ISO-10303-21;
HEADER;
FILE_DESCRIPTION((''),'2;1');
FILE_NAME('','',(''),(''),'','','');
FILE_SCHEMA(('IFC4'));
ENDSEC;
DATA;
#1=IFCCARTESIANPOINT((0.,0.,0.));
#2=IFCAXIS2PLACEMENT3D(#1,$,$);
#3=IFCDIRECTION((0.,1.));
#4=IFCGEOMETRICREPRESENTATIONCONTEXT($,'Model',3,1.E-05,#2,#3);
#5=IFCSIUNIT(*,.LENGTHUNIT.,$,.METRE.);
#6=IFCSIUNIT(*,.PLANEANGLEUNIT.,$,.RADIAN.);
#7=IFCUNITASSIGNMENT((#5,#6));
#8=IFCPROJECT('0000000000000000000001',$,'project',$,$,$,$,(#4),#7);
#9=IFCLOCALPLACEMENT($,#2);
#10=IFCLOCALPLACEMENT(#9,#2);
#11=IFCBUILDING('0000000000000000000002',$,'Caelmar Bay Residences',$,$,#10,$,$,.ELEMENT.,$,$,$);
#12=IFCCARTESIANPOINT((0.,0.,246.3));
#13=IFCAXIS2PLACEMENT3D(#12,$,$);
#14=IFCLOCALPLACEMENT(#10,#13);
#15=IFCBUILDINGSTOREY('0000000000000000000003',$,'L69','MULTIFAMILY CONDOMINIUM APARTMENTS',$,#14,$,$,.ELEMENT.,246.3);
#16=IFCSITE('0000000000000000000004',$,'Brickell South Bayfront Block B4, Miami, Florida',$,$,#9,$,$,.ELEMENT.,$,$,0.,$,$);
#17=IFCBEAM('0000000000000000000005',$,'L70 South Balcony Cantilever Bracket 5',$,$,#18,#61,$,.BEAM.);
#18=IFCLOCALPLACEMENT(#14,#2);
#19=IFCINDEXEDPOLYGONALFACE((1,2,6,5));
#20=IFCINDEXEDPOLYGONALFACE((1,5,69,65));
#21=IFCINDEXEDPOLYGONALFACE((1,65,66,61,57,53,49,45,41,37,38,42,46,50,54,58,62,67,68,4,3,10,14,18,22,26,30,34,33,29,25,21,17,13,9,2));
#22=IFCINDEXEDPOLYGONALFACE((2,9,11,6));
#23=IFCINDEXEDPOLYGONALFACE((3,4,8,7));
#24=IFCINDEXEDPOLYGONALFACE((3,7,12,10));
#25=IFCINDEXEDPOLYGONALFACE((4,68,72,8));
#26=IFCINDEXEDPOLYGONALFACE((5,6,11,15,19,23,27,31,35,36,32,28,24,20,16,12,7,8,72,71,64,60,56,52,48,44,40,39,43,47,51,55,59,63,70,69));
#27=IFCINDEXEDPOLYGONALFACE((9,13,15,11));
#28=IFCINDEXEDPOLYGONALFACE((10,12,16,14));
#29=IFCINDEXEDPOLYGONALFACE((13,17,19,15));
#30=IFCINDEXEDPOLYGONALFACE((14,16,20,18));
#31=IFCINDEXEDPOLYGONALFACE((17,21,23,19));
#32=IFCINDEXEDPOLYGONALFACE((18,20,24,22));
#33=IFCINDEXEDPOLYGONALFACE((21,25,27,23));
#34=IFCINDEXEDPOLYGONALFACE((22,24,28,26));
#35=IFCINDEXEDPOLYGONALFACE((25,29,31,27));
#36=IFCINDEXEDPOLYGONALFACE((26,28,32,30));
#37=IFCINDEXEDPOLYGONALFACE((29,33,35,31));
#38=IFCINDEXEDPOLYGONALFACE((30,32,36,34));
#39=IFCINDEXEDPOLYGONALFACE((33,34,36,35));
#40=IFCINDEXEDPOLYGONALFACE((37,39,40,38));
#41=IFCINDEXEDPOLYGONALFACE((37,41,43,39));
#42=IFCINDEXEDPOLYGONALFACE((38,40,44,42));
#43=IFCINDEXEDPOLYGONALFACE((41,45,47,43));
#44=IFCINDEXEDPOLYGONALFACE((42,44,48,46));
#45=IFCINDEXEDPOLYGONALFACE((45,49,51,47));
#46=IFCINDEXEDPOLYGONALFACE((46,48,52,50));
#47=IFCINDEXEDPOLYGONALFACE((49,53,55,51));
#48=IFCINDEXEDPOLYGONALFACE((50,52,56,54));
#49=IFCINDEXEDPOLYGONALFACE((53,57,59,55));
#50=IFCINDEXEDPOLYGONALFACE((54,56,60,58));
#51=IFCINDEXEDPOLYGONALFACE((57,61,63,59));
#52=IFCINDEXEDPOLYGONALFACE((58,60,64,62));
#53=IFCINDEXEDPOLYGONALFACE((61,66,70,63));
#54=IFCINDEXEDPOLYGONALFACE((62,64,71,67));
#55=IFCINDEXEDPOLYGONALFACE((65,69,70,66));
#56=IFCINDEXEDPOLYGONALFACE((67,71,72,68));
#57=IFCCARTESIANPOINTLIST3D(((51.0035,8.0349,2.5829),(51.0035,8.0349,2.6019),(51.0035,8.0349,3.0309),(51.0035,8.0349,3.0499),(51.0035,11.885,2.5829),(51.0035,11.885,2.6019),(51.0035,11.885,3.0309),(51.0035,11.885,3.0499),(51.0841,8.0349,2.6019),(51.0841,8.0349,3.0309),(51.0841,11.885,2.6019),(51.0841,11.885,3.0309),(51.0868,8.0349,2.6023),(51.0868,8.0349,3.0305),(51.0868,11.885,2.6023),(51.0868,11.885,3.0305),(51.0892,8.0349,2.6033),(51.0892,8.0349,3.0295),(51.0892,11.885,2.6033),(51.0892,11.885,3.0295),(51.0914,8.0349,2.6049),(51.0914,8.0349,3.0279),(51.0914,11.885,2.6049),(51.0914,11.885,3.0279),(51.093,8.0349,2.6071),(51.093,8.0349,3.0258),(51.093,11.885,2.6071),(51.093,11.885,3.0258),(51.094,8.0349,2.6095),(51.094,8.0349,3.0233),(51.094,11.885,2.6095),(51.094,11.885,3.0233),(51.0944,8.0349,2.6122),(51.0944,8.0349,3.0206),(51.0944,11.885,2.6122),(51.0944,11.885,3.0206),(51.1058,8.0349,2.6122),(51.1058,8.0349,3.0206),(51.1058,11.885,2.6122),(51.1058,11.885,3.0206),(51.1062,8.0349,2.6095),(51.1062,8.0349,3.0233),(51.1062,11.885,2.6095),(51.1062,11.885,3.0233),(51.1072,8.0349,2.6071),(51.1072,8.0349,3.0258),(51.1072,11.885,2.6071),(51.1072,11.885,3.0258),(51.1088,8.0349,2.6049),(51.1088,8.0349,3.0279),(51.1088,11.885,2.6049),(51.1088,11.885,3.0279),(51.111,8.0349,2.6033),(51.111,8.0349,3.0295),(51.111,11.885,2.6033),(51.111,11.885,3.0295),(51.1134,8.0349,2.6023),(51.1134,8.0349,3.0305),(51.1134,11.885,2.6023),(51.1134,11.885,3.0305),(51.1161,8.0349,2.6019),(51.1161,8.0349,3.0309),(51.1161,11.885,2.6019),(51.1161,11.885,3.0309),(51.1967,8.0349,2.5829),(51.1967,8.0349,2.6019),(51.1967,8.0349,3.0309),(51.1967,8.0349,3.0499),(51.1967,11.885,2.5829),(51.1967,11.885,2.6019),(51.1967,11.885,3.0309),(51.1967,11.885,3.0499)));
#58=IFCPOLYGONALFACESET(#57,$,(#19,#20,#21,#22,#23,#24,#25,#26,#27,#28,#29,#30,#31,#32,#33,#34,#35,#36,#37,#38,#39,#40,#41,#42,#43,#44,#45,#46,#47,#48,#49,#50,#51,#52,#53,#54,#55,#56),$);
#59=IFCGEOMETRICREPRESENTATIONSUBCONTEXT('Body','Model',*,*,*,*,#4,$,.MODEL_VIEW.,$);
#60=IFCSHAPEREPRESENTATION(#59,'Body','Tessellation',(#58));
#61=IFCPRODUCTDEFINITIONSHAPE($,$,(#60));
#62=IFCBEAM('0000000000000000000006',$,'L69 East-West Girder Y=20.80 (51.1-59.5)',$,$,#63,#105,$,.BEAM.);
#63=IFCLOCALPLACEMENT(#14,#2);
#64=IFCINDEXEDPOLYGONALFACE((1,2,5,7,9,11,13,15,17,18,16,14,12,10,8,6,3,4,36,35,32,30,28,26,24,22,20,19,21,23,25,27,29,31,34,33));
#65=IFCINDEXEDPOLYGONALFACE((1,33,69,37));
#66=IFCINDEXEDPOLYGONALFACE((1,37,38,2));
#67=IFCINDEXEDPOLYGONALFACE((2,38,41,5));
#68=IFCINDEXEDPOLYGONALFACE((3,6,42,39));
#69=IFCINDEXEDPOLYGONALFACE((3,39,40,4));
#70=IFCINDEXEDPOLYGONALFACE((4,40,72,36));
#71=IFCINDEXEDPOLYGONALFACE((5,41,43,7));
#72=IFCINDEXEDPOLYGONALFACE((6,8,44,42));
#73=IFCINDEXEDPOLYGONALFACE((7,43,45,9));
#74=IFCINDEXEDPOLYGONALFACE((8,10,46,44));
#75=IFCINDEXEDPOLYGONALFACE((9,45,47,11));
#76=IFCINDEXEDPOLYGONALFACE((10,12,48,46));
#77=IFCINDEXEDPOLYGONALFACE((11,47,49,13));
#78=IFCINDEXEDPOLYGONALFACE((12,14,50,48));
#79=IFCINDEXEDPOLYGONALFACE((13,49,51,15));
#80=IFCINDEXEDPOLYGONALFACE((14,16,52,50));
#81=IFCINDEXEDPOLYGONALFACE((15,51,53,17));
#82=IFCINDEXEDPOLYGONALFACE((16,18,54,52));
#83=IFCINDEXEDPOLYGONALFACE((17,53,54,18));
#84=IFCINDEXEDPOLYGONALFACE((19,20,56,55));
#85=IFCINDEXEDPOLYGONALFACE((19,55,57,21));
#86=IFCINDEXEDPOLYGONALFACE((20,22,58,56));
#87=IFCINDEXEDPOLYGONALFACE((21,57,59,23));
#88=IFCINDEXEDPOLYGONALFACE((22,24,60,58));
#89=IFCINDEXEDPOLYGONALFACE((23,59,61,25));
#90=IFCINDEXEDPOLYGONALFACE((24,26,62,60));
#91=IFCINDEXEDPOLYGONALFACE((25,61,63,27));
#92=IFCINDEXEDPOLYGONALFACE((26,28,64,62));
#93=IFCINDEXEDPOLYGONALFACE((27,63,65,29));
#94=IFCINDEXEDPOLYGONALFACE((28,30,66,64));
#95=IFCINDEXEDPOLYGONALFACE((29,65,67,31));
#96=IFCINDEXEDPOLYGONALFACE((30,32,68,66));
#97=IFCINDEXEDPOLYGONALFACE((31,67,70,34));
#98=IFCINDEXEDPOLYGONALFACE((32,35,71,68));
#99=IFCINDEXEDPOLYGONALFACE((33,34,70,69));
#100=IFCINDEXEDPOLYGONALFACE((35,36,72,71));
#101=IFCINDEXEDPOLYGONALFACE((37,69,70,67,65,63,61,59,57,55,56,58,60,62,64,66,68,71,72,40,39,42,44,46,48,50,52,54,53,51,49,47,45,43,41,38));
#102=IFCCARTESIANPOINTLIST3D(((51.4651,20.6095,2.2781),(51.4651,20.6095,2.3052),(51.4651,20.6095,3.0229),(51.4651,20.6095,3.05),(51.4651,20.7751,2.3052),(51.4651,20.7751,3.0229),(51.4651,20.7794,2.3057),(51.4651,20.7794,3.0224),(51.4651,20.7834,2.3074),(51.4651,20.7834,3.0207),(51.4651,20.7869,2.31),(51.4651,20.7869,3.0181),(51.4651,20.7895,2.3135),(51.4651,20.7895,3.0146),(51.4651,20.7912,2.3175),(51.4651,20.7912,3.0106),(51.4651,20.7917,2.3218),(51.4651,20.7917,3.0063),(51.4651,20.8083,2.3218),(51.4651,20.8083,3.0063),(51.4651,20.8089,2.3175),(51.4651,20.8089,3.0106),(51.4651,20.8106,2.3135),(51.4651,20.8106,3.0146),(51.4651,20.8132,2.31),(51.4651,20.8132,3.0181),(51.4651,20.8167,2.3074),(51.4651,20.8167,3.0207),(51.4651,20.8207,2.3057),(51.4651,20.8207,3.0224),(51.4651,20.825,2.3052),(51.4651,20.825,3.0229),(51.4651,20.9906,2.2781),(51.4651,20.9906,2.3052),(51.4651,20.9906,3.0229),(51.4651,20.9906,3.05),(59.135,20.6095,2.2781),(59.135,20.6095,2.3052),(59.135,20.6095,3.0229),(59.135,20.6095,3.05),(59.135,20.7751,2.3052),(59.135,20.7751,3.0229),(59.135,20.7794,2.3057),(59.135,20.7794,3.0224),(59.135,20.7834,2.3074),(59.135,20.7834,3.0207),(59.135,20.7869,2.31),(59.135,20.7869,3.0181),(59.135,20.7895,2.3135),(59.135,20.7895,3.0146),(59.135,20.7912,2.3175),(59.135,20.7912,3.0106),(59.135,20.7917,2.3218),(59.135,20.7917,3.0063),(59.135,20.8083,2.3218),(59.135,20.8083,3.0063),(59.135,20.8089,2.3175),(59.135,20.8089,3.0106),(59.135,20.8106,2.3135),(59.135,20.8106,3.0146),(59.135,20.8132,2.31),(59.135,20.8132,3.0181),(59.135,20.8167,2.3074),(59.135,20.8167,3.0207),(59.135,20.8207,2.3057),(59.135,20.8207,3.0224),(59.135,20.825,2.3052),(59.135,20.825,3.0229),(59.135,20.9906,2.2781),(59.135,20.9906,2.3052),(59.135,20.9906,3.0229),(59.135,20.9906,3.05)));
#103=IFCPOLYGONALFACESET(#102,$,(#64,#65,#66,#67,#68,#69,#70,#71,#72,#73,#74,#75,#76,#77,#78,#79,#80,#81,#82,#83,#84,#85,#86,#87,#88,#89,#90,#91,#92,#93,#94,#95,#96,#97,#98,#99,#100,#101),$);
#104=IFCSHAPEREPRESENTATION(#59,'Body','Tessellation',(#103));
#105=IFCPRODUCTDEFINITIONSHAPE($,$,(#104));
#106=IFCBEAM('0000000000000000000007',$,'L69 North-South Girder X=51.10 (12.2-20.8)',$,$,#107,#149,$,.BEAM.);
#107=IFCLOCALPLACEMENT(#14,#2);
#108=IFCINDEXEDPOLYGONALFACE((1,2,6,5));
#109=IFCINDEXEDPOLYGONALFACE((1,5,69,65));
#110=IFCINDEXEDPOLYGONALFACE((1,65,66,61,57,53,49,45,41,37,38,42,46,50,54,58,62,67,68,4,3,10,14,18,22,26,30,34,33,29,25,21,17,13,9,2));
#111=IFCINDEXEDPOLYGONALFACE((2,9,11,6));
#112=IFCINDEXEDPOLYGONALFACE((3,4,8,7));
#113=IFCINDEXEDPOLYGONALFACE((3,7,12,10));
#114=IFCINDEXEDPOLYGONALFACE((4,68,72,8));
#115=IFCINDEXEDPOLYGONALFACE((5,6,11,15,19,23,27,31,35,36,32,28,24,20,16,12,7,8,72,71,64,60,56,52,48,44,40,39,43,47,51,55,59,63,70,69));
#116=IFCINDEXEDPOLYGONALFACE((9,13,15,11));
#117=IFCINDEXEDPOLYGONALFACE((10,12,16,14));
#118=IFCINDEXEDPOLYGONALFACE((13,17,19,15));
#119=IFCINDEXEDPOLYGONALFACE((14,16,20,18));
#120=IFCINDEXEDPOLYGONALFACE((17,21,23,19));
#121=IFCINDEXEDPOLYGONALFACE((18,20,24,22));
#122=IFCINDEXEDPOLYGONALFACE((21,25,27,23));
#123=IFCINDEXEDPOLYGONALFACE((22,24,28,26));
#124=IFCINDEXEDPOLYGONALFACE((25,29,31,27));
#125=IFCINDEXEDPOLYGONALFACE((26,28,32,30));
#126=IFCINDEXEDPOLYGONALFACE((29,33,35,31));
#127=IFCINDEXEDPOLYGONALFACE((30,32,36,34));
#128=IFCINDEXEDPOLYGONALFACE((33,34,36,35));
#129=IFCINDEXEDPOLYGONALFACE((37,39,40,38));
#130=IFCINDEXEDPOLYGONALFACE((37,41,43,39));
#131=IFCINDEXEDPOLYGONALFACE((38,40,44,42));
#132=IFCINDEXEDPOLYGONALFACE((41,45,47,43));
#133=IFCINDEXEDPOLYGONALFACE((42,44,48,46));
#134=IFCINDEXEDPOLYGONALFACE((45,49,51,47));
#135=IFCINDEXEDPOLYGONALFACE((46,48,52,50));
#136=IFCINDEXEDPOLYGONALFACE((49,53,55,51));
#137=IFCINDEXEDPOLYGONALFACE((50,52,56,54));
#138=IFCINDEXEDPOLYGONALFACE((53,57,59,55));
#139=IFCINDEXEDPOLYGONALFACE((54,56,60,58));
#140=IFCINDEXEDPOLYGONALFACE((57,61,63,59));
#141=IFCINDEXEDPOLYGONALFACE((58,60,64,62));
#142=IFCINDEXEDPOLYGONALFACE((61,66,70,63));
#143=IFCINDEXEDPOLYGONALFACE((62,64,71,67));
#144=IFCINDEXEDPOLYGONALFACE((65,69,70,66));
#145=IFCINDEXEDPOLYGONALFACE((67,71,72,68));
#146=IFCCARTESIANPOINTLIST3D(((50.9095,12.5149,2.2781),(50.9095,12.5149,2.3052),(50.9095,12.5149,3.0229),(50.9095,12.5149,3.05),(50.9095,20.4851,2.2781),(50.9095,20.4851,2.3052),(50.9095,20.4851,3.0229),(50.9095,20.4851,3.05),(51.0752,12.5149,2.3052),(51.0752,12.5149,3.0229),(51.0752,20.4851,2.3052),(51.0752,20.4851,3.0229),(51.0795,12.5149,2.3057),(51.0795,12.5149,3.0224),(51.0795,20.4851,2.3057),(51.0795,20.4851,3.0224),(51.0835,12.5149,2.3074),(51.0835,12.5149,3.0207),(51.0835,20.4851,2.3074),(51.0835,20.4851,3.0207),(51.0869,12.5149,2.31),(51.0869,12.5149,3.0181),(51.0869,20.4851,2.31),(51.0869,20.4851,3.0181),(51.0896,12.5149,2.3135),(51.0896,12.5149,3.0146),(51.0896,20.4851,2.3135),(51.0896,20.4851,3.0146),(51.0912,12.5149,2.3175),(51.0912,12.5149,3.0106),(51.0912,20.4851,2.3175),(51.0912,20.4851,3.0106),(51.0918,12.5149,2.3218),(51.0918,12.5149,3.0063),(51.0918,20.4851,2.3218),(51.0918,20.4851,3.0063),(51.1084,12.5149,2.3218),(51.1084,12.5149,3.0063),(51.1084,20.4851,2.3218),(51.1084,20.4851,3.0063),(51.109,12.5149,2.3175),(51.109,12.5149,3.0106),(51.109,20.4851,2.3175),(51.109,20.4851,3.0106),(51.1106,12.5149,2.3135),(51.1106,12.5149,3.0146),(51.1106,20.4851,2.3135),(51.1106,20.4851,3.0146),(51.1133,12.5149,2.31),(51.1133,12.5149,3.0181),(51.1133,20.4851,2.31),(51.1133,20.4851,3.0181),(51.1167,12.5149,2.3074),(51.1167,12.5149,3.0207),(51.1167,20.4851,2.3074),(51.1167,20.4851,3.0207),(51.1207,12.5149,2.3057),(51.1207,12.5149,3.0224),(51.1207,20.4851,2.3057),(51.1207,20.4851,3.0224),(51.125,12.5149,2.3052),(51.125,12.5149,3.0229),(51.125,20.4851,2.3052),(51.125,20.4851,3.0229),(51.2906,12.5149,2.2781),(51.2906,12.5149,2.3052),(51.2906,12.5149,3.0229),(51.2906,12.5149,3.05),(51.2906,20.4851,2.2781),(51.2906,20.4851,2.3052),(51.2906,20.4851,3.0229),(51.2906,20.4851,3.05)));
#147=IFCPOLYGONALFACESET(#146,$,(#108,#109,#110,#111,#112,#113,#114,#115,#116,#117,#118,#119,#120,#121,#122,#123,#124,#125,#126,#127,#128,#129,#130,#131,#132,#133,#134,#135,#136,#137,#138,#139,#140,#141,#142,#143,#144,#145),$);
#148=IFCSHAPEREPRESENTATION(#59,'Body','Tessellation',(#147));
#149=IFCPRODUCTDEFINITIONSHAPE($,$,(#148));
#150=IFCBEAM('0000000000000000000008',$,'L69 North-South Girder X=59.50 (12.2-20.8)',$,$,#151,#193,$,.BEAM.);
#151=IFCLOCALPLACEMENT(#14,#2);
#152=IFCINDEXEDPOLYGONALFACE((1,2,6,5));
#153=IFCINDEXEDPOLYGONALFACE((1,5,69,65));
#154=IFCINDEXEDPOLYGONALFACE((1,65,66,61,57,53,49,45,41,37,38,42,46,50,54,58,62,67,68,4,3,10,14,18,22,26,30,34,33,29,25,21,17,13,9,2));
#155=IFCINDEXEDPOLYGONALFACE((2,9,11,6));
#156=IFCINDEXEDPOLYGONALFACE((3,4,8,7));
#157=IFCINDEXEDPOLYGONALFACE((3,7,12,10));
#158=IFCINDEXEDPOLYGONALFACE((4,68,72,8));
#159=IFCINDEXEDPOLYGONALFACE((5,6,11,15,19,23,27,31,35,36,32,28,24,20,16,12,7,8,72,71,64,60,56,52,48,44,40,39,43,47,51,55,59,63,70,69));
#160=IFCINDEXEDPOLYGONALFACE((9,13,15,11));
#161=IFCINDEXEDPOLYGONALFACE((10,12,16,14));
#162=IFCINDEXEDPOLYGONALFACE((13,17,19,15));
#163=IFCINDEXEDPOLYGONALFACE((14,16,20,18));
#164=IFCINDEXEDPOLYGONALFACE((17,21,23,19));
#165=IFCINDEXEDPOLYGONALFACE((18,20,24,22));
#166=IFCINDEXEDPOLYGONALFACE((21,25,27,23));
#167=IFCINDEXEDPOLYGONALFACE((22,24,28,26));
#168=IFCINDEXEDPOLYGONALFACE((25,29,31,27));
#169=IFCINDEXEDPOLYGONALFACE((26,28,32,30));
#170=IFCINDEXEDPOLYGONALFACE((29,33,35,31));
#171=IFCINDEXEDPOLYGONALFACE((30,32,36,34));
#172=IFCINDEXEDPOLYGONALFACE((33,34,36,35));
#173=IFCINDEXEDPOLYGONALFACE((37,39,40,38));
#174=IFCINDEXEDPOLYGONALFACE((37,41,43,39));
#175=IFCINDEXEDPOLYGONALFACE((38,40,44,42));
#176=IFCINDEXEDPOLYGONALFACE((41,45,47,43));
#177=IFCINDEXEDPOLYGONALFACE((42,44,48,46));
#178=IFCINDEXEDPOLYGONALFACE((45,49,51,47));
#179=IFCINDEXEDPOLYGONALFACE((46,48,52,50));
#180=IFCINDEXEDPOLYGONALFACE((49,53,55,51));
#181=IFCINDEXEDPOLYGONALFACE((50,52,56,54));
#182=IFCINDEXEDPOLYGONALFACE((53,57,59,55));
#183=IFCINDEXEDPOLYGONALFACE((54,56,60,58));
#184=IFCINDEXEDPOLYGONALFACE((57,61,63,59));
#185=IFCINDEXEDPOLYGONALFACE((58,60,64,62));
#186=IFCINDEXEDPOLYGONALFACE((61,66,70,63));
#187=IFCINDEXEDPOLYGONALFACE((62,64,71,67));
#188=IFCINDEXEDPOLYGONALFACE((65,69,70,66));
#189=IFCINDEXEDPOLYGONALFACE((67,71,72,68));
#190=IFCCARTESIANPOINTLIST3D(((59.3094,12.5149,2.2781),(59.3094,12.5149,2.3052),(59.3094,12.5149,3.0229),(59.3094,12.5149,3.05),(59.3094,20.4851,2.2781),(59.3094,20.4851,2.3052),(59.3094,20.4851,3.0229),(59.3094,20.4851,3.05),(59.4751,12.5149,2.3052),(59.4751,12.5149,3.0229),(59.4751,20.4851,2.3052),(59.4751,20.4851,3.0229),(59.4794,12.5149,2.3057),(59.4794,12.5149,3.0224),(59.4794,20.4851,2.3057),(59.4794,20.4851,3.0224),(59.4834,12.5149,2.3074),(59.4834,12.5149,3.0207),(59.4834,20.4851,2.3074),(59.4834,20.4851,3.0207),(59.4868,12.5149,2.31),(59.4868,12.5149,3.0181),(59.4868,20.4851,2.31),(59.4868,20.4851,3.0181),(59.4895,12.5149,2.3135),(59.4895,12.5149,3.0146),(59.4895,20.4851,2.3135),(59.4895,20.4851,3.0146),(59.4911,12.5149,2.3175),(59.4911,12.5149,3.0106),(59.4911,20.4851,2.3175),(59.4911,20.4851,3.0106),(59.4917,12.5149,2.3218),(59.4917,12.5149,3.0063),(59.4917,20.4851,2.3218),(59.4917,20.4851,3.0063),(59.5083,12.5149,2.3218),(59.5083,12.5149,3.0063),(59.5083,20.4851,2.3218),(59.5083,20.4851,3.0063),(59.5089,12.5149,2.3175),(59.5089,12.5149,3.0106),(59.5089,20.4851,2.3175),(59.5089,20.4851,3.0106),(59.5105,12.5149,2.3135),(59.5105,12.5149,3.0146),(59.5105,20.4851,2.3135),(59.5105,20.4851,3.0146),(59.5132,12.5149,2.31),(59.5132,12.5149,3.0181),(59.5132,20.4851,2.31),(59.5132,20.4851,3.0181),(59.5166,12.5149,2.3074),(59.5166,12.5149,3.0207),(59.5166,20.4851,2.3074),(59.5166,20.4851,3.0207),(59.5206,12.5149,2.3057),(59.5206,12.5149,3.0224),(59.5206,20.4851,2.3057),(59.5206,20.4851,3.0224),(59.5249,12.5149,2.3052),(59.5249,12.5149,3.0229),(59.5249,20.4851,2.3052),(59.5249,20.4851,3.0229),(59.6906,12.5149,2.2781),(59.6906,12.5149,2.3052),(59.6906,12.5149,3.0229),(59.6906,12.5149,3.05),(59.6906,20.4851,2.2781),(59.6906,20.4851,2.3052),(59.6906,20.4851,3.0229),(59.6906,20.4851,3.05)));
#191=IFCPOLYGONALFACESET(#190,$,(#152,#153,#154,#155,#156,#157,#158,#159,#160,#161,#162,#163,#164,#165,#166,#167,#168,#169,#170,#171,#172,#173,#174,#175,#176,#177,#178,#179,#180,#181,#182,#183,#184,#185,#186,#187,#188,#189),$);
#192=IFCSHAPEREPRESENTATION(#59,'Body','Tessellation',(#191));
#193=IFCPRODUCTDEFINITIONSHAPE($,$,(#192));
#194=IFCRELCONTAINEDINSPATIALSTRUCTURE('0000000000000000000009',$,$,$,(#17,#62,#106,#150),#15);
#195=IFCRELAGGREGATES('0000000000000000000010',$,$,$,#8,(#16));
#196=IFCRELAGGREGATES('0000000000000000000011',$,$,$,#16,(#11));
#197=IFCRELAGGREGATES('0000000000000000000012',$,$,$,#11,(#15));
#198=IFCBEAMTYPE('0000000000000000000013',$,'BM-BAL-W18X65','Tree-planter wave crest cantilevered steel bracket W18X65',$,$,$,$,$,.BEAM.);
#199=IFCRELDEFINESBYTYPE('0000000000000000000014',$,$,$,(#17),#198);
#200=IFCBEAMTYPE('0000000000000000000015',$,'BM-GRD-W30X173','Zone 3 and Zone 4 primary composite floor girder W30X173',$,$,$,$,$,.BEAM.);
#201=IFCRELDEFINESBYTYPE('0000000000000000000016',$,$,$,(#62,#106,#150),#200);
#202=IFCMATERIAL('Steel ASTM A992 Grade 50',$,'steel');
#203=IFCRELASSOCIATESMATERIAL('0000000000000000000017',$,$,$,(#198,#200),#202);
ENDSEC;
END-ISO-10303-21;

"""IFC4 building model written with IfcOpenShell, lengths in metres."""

from ifc_helpers import new_model, si_unit, direction, frame, origin, origin_2d, place, context, subcontext, project, spatial, i_section, extrude, material, material_profile, profile_set, type_object, element, save


model = new_model("IFC4")

# Units and contexts
model_context = context("Model", 3, precision=1e-05, world=origin(), true_north=direction((0.0, 1.0)))
body_context = subcontext(model_context, "Body", "Model", "MODEL_VIEW")
ifc_project = project(units=[si_unit("LENGTHUNIT", "METRE"), si_unit("PLANEANGLEUNIT", "RADIAN")], contexts=[model_context])

# Site, building, storey
site_placement = place(None, origin())
site = spatial("IfcSite", under=ifc_project, at=site_placement, Name="Brickell South Bayfront Block B4, Miami, Florida", CompositionType="ELEMENT", RefElevation=0.0)
building_placement = place(site_placement, origin())
building = spatial("IfcBuilding", under=site, at=building_placement, Name="Caelmar Bay Residences", CompositionType="ELEMENT")
storey_placement = place(building_placement, frame((0.0, 0.0, 246.3)))
storey = spatial("IfcBuildingStorey", under=building, at=storey_placement, Name="L69", Description="MULTIFAMILY CONDOMINIUM APARTMENTS", CompositionType="ELEMENT", Elevation=246.3)

# Beams
ifc_material_1 = material(Name="Steel ASTM A992 Grade 50", Category="steel")
ifc_material_profile_1 = material_profile(ifc_material_1, i_section(OverallWidth=0.1931, OverallDepth=0.467, WebThickness=0.0115, FlangeThickness=0.019, FilletRadius=0.0103, at=origin_2d()), Name="W18X65")
ifc_profile_set_1 = profile_set([ifc_material_profile_1], Name="Steel ASTM A992 Grade 50")
beam_type_1 = type_object("IfcBeamType", Name="BM-BAL-W18X65", Description="Tree-planter wave crest cantilevered steel bracket W18X65", PredefinedType="BEAM", material=ifc_profile_set_1)
beam_1_placement = place(storey_placement, frame((51.1001, 11.885, 2.8164), z_axis=(0.0, -1.0, 0.0), x_axis=(1.0, 0.0, 0.0)))
element("IfcBeam", 1, at=beam_1_placement, inside=storey, type_object=beam_type_1, Name="L70 South Balcony Cantilever Bracket 5", PredefinedType="BEAM", context=body_context, shape_type="SweptSolid", body=[
    extrude(i_section(OverallWidth=0.1931, OverallDepth=0.467, WebThickness=0.0115, FlangeThickness=0.019, FilletRadius=0.0103, at=origin_2d()), origin(), (0.0, 0.0, 1.0), 3.8501),
])
ifc_material_profile_2 = material_profile(ifc_material_1, i_section(OverallWidth=0.3811, OverallDepth=0.772, WebThickness=0.0166, FlangeThickness=0.0271, FilletRadius=0.0166, at=origin_2d()), Name="W30X173")
ifc_profile_set_2 = profile_set([ifc_material_profile_2], Name="Steel ASTM A992 Grade 50")
beam_type_2 = type_object("IfcBeamType", Name="BM-GRD-W30X173", Description="Zone 3 and Zone 4 primary composite floor girder W30X173", PredefinedType="BEAM", material=ifc_profile_set_2)
beam_2_placement = place(storey_placement, frame((51.4651, 20.8, 2.6641), z_axis=(1.0, 0.0, 0.0), x_axis=(0.0, 1.0, 0.0)))
element("IfcBeam", 2, at=beam_2_placement, inside=storey, type_object=beam_type_2, Name="L69 East-West Girder Y=20.80 (51.1-59.5)", PredefinedType="BEAM", context=body_context, shape_type="SweptSolid", body=[
    extrude(i_section(OverallWidth=0.3811, OverallDepth=0.772, WebThickness=0.0166, FlangeThickness=0.0271, FilletRadius=0.0166, at=origin_2d()), origin(), (0.0, 0.0, 1.0), 7.6699),
])
for number, where, z_axis, x_axis, name in (
    (3, (51.1001, 12.5149, 2.6641), (0.0, 1.0, 0.0), (-1.0, 0.0, 0.0), "L69 North-South Girder X=51.10 (12.2-20.8)"),
    (4, (59.5, 12.5149, 2.6641), (0.0, 1.0, 0.0), (-1.0, 0.0, 0.0), "L69 North-South Girder X=59.50 (12.2-20.8)"),
):
    element("IfcBeam", number, at=place(storey_placement, frame(where, z_axis=z_axis, x_axis=x_axis)), inside=storey, type_object=beam_type_2, Name=name, PredefinedType="BEAM", context=body_context, shape_type="SweptSolid", body=[
        extrude(i_section(OverallWidth=0.3811, OverallDepth=0.772, WebThickness=0.0166, FlangeThickness=0.0271, FilletRadius=0.0166, at=origin_2d()), origin(), (0.0, 0.0, 1.0), 7.9702),
    ])

save(model, "model.ifc")
